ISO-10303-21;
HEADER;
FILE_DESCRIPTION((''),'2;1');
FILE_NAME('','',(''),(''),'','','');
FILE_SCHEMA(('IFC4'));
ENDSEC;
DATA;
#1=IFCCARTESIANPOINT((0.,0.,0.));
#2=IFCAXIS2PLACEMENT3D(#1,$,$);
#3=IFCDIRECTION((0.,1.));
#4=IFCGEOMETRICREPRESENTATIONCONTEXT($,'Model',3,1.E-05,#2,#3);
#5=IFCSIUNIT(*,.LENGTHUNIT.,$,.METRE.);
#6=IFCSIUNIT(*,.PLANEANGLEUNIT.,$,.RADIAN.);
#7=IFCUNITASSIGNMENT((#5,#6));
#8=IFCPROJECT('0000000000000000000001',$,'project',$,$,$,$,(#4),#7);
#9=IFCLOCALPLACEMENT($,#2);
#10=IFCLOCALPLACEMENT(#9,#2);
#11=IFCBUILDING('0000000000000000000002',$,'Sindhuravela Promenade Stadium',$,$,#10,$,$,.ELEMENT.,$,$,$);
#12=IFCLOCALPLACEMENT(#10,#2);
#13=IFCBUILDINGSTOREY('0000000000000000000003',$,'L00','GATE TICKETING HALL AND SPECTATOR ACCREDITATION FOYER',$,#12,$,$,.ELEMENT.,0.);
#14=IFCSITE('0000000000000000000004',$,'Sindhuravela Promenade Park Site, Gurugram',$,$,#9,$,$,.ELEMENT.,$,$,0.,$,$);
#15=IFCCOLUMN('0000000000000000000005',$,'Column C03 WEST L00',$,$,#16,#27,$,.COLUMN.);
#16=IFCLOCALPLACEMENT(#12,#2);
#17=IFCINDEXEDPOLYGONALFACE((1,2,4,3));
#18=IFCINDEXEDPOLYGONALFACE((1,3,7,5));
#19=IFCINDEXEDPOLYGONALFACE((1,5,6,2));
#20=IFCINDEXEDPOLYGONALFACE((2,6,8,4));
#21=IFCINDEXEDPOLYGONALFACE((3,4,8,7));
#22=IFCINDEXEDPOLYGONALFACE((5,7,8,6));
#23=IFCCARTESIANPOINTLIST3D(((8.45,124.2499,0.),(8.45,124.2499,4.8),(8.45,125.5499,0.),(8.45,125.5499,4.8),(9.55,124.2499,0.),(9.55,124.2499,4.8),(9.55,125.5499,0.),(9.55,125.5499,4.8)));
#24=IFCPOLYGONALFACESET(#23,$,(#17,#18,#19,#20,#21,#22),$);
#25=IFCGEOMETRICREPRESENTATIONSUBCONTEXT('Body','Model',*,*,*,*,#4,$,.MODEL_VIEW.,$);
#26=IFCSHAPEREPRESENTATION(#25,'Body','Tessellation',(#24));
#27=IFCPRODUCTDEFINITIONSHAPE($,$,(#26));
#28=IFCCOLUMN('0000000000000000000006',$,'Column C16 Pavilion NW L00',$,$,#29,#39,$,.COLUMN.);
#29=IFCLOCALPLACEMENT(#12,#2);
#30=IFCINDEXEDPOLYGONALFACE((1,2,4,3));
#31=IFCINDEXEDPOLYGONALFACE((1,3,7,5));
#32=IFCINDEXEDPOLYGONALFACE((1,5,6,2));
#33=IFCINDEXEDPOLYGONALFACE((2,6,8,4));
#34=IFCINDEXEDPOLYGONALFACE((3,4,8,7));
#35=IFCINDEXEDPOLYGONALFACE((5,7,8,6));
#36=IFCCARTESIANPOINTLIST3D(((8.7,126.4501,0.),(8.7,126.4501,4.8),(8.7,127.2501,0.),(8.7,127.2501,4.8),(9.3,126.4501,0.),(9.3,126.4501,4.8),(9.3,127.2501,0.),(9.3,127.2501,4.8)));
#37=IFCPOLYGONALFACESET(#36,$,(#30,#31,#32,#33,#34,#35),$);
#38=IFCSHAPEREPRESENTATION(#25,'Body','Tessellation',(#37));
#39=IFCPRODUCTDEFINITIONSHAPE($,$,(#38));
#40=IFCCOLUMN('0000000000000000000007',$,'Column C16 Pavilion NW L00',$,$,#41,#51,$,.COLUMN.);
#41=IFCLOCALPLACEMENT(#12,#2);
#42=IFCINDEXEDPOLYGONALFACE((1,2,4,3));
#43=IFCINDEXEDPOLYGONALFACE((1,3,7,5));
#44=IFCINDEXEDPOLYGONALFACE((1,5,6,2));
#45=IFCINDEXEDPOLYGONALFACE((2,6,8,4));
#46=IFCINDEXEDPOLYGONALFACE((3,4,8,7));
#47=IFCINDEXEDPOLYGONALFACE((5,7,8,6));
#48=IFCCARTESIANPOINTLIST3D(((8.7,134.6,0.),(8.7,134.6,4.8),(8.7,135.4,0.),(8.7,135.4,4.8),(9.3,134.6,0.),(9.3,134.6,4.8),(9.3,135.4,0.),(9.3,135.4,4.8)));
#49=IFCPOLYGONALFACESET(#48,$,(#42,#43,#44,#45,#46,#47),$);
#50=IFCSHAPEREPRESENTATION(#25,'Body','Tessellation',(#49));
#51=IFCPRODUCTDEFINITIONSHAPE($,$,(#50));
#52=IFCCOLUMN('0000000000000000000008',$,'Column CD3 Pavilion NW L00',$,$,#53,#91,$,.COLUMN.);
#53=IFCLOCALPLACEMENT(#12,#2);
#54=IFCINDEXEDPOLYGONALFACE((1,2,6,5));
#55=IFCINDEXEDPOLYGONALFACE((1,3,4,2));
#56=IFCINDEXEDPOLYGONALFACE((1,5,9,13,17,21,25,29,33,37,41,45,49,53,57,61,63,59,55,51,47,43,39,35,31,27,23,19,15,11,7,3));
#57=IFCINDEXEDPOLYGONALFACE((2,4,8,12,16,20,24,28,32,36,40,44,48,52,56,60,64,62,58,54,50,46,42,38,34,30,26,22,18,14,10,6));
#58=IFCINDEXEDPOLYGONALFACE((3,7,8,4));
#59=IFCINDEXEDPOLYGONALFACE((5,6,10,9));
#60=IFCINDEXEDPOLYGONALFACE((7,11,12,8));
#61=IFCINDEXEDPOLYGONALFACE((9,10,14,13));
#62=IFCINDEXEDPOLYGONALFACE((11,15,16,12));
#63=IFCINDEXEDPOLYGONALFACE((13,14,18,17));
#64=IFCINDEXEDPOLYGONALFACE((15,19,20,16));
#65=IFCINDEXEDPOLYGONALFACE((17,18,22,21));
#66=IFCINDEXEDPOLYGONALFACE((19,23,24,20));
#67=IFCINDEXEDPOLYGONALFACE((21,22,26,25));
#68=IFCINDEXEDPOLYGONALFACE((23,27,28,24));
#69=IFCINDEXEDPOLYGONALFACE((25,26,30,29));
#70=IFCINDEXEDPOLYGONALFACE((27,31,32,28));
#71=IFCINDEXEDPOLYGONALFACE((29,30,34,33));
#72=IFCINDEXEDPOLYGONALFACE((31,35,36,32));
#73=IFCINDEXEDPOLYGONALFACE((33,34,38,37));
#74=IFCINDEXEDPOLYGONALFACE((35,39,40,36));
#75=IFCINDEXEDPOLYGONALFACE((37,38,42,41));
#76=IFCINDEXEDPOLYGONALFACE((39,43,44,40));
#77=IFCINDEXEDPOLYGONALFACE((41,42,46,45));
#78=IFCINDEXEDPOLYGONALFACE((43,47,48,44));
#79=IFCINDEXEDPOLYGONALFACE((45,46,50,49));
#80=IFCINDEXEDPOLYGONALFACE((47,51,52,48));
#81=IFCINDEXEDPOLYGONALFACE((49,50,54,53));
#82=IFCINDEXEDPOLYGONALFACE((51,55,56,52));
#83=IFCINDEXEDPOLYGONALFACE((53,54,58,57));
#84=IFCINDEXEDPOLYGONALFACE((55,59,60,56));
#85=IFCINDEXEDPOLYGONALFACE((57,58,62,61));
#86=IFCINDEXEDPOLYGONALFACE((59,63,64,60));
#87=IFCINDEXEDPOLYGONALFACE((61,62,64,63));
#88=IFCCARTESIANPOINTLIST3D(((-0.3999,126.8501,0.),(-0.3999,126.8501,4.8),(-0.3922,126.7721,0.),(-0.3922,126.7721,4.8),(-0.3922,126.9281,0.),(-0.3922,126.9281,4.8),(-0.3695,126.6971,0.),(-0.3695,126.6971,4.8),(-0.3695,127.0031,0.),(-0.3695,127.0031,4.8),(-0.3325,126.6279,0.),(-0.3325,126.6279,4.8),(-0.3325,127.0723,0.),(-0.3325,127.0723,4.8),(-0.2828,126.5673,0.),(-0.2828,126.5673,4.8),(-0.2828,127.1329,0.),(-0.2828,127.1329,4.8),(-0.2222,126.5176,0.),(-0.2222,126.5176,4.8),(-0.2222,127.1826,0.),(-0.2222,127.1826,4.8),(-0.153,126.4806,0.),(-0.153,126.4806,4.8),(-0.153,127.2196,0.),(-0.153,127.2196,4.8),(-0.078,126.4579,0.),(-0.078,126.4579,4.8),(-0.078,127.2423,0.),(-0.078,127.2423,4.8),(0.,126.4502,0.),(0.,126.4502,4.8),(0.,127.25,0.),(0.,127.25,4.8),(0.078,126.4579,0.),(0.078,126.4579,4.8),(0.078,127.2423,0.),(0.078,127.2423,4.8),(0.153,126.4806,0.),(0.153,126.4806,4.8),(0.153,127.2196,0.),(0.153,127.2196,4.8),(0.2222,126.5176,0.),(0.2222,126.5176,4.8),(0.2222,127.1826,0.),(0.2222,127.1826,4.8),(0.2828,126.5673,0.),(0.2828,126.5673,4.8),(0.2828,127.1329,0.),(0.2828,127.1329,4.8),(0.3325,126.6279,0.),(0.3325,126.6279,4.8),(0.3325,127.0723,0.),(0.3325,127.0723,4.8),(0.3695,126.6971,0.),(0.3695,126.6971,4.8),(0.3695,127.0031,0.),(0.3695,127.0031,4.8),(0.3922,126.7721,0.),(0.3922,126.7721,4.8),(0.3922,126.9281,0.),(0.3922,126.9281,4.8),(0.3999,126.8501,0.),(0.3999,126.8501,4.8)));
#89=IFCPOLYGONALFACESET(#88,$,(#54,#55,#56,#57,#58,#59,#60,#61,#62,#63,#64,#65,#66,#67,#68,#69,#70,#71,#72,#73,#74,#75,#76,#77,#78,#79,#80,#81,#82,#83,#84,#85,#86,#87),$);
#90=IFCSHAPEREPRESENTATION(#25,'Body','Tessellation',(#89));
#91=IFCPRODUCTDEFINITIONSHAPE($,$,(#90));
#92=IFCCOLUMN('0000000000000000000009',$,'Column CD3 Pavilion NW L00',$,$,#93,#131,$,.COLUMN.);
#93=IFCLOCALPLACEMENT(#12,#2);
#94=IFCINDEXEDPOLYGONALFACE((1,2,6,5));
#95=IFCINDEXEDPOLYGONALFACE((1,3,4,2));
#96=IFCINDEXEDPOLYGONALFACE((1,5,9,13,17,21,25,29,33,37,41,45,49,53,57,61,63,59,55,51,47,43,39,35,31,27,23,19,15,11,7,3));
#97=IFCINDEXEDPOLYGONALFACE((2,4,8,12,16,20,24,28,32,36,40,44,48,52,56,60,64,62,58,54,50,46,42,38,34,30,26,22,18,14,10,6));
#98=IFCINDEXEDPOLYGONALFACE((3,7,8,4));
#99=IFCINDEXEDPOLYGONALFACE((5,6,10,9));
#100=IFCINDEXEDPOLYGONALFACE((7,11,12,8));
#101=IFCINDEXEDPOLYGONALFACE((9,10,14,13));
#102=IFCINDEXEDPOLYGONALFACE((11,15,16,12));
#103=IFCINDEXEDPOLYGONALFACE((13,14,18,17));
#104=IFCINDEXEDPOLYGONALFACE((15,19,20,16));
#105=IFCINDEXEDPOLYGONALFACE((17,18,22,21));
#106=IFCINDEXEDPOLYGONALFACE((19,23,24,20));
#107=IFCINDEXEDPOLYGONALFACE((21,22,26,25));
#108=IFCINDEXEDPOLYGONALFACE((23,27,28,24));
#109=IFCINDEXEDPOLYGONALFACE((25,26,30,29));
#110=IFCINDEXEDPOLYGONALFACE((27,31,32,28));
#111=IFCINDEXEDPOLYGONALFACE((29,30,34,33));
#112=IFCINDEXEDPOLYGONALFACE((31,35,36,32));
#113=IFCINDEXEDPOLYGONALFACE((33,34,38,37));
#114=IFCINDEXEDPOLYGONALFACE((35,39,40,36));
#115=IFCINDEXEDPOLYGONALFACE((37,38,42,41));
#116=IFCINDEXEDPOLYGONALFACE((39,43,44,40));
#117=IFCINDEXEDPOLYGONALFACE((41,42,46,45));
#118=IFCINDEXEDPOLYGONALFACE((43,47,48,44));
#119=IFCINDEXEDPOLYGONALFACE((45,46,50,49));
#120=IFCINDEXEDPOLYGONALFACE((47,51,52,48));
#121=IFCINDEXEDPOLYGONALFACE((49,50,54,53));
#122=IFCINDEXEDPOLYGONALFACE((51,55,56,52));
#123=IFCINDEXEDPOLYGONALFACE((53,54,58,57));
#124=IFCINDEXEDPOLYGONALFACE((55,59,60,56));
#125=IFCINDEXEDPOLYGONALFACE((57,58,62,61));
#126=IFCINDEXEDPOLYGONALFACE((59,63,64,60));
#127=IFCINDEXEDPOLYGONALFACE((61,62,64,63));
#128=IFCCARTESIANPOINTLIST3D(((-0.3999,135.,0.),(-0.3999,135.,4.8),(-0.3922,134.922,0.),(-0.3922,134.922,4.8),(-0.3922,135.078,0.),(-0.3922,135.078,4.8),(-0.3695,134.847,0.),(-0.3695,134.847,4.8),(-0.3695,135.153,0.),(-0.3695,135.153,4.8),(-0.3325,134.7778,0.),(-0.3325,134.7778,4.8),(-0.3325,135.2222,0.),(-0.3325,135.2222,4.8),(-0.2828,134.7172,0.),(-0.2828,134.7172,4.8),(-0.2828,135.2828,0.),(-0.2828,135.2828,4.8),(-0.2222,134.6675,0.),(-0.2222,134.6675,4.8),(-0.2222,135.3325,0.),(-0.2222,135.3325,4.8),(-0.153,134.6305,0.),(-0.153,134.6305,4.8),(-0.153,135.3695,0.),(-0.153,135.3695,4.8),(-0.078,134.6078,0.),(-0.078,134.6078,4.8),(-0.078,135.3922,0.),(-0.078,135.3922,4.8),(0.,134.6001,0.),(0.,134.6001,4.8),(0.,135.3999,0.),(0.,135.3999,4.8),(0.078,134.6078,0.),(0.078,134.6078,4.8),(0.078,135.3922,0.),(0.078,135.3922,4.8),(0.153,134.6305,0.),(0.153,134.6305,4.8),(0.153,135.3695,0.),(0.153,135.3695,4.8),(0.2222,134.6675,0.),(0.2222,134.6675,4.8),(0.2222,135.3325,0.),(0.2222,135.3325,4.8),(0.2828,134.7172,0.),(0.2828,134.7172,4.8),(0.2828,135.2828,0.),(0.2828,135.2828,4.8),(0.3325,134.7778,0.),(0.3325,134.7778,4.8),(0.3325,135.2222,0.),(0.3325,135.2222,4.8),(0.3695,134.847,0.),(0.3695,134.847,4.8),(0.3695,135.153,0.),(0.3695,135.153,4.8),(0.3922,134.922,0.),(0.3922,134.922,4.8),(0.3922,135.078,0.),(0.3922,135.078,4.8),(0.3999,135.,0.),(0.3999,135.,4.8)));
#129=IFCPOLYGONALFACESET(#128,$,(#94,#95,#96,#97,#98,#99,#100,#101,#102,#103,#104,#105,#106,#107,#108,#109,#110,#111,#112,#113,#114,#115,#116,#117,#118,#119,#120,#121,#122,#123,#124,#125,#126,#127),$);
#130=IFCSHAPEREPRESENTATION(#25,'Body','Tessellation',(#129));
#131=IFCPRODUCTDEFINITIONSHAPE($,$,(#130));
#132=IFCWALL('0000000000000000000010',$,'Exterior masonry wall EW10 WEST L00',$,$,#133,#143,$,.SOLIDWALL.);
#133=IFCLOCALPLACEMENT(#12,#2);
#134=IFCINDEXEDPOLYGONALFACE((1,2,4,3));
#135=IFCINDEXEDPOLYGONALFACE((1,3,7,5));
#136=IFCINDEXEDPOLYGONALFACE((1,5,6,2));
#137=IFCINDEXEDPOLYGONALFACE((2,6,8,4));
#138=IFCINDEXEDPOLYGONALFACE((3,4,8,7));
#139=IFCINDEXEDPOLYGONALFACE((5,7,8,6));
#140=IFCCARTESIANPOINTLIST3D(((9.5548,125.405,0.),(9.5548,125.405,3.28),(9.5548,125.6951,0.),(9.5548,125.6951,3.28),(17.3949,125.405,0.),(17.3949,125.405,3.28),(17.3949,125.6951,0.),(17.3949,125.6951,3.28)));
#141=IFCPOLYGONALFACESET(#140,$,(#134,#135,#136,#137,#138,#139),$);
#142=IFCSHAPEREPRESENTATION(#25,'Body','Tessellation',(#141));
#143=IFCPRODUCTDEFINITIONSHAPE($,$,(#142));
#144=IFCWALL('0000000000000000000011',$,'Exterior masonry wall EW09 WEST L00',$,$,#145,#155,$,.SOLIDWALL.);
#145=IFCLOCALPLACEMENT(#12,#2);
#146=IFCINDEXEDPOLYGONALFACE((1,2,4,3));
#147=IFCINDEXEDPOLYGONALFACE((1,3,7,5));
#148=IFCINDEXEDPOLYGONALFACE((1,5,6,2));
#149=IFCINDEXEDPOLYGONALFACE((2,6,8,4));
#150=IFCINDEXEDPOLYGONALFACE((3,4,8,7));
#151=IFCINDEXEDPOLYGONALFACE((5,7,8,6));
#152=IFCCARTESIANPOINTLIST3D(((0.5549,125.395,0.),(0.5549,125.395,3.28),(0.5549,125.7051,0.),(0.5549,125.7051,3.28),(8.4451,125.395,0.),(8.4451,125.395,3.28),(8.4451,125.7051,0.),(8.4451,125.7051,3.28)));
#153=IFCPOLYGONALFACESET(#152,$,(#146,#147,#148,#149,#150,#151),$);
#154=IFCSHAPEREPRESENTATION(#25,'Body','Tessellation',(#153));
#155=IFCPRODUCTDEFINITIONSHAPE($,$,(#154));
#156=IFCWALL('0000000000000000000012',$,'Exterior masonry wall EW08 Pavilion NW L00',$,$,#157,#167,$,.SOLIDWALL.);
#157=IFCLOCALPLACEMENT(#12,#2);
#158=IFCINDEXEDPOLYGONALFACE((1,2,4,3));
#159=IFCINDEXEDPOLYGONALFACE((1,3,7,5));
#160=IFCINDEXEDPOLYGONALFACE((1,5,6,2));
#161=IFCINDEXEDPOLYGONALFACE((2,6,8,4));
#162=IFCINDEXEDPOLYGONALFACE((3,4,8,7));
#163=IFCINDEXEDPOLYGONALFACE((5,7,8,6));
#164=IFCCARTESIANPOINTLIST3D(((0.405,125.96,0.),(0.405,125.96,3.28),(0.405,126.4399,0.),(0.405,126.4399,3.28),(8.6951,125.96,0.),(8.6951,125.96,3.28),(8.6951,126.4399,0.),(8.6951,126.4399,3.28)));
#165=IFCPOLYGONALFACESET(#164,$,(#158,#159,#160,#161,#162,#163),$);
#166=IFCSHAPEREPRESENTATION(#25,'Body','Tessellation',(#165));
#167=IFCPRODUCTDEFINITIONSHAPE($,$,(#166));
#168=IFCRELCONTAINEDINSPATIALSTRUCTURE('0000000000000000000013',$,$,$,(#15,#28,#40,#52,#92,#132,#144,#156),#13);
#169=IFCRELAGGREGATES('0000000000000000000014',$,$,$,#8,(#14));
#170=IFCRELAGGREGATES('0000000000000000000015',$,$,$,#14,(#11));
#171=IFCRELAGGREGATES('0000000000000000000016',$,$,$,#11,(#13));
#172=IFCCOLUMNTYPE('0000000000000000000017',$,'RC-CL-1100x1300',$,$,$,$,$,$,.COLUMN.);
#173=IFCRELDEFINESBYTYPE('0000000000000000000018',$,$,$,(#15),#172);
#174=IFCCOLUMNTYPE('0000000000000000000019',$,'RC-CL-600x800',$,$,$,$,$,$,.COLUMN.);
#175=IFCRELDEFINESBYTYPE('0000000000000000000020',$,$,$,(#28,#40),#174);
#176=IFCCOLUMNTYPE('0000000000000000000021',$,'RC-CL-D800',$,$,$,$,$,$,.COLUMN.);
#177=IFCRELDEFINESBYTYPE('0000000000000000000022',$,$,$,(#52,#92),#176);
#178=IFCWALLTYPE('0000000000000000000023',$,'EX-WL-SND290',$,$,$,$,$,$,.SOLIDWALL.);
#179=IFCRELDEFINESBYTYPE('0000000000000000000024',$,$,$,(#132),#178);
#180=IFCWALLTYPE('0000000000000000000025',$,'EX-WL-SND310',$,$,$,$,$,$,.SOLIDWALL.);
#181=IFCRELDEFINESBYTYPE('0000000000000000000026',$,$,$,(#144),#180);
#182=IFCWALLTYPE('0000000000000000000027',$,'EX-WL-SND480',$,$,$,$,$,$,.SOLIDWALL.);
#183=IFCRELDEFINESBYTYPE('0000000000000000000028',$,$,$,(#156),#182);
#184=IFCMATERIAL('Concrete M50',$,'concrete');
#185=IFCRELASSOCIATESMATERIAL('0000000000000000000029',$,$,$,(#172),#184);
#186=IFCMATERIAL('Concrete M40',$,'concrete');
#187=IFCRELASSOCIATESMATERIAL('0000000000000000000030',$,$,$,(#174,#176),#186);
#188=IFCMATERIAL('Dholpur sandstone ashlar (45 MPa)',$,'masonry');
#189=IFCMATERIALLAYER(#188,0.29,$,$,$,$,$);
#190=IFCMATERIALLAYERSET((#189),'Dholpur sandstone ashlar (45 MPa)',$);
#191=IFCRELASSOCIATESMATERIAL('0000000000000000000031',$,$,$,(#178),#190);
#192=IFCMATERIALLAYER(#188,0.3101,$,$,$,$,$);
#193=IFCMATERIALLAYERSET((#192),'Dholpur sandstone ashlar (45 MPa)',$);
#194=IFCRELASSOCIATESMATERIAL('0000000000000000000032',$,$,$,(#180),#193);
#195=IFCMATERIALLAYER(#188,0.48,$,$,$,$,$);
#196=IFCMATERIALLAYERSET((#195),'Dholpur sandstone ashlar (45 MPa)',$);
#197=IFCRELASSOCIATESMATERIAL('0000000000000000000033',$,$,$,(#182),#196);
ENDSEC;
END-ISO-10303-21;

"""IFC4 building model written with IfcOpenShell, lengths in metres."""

from ifc_helpers import new_model, si_unit, direction, frame, frame_2d, origin, origin_2d, place, context, subcontext, project, spatial, rectangle, circle, extrude, material, layer, layer_set, material_profile, profile_set, type_object, element, save


model = new_model("IFC4")

# Units and contexts
model_context = context("Model", 3, precision=1e-05, world=origin(), true_north=direction((0.0, 1.0)))
body_context = subcontext(model_context, "Body", "Model", "MODEL_VIEW")
ifc_project = project(units=[si_unit("LENGTHUNIT", "METRE"), si_unit("PLANEANGLEUNIT", "RADIAN")], contexts=[model_context])

# Site, building, storey
site_placement = place(None, origin())
site = spatial("IfcSite", under=ifc_project, at=site_placement, Name="Sindhuravela Promenade Park Site, Gurugram", CompositionType="ELEMENT", RefElevation=0.0)
building_placement = place(site_placement, origin())
building = spatial("IfcBuilding", under=site, at=building_placement, Name="Sindhuravela Promenade Stadium", CompositionType="ELEMENT")
storey_placement = place(building_placement, origin())
storey = spatial("IfcBuildingStorey", under=building, at=storey_placement, Name="L00", Description="GATE TICKETING HALL AND SPECTATOR ACCREDITATION FOYER", CompositionType="ELEMENT", Elevation=0.0)

# Shared definitions
ifc_material_1 = material(Name="Concrete M50", Category="concrete")

# Shared definitions
ifc_material_2 = material(Name="Concrete M40", Category="concrete")

# Columns
ifc_material_profile_1 = material_profile(ifc_material_1, rectangle(XDim=1.1001, YDim=1.3, at=origin_2d()), Name="RC 1100x1300")
ifc_profile_set_1 = profile_set([ifc_material_profile_1], Name="Concrete M50")
column_type_1 = type_object("IfcColumnType", Name="RC-CL-1100x1300", PredefinedType="COLUMN", material=ifc_profile_set_1)
for number, where, z_axis, x_axis, name in (
    (1, (9.0, 124.8999, 0.0), (0.0, 0.0, 1.0), (1.0, 0.0, 0.0), "Column C03 WEST L00"),
):
    element("IfcColumn", number, at=place(storey_placement, frame(where, z_axis=z_axis, x_axis=x_axis)), inside=storey, type_object=column_type_1, Name=name, PredefinedType="COLUMN", context=body_context, shape_type="SweptSolid", body=[
        extrude(rectangle(XDim=1.1001, YDim=1.3, at=origin_2d()), origin(), (0.0, 0.0, 1.0), 4.8),
    ])
ifc_material_profile_2 = material_profile(ifc_material_2, rectangle(XDim=0.6001, YDim=0.8, at=origin_2d()), Name="RC 600x800")
ifc_profile_set_2 = profile_set([ifc_material_profile_2], Name="Concrete M40")
column_type_2 = type_object("IfcColumnType", Name="RC-CL-600x800", PredefinedType="COLUMN", material=ifc_profile_set_2)
for number, where, z_axis, x_axis, name in (
    (2, (9.0, 126.8501, 0.0), (0.0, 0.0, 1.0), (1.0, 0.0, 0.0), "Column C16 Pavilion NW L00"),
    (3, (9.0, 135.0, 0.0), (0.0, 0.0, 1.0), (1.0, 0.0, 0.0), "Column C16 Pavilion NW L00"),
):
    element("IfcColumn", number, at=place(storey_placement, frame(where, z_axis=z_axis, x_axis=x_axis)), inside=storey, type_object=column_type_2, Name=name, PredefinedType="COLUMN", context=body_context, shape_type="SweptSolid", body=[
        extrude(rectangle(XDim=0.6001, YDim=0.8, at=origin_2d()), origin(), (0.0, 0.0, 1.0), 4.8),
    ])
ifc_material_profile_3 = material_profile(ifc_material_2, circle(Radius=0.3999, at=origin_2d()), Name="RC D800")
ifc_profile_set_3 = profile_set([ifc_material_profile_3], Name="Concrete M40")
column_type_3 = type_object("IfcColumnType", Name="RC-CL-D800", PredefinedType="COLUMN", material=ifc_profile_set_3)
for number, where, z_axis, x_axis, name in (
    (4, (0.0, 126.8501, 0.0), (0.0, 0.0, 1.0), (1.0, 0.0, 0.0), "Column CD3 Pavilion NW L00"),
    (5, (0.0, 135.0, 0.0), (0.0, 0.0, 1.0), (1.0, 0.0, 0.0), "Column CD3 Pavilion NW L00"),
):
    element("IfcColumn", number, at=place(storey_placement, frame(where, z_axis=z_axis, x_axis=x_axis)), inside=storey, type_object=column_type_3, Name=name, PredefinedType="COLUMN", context=body_context, shape_type="SweptSolid", body=[
        extrude(circle(Radius=0.3999, at=origin_2d()), origin(), (0.0, 0.0, 1.0), 4.8),
    ])

# Walls
ifc_material_3 = material(Name="Dholpur sandstone ashlar (45 MPa)", Category="masonry")
ifc_layer_1 = layer(ifc_material_3, 0.29)
ifc_layer_set_1 = layer_set([ifc_layer_1], Name="Dholpur sandstone ashlar (45 MPa)")
wall_type_1 = type_object("IfcWallType", Name="EX-WL-SND290", PredefinedType="SOLIDWALL", material=ifc_layer_set_1)
wall_1_placement = place(storey_placement, frame((9.5549, 125.55, 0.0), z_axis=(0.0, 0.0, 1.0), x_axis=(1.0, 0.0, 0.0)))
element("IfcWall", 6, at=wall_1_placement, inside=storey, type_object=wall_type_1, Name="Exterior masonry wall EW10 WEST L00", PredefinedType="SOLIDWALL", context=body_context, shape_type="SweptSolid", body=[
    extrude(rectangle(XDim=7.8401, YDim=0.29, at=frame_2d((3.9199, 0.0))), origin(), (0.0, 0.0, 1.0), 3.28),
])
ifc_layer_2 = layer(ifc_material_3, 0.3101)
ifc_layer_set_2 = layer_set([ifc_layer_2], Name="Dholpur sandstone ashlar (45 MPa)")
wall_type_2 = type_object("IfcWallType", Name="EX-WL-SND310", PredefinedType="SOLIDWALL", material=ifc_layer_set_2)
wall_2_placement = place(storey_placement, frame((0.5549, 125.55, 0.0), z_axis=(0.0, 0.0, 1.0), x_axis=(1.0, 0.0, 0.0)))
element("IfcWall", 7, at=wall_2_placement, inside=storey, type_object=wall_type_2, Name="Exterior masonry wall EW09 WEST L00", PredefinedType="SOLIDWALL", context=body_context, shape_type="SweptSolid", body=[
    extrude(rectangle(XDim=7.8901, YDim=0.3101, at=frame_2d((3.9451, 0.0))), origin(), (0.0, 0.0, 1.0), 3.28),
])

# Wall
ifc_layer_3 = layer(ifc_material_3, 0.48)
ifc_layer_set_3 = layer_set([ifc_layer_3], Name="Dholpur sandstone ashlar (45 MPa)")
wall_type_3 = type_object("IfcWallType", Name="EX-WL-SND480", PredefinedType="SOLIDWALL", material=ifc_layer_set_3)
wall_3_placement = place(storey_placement, frame((8.6951, 126.2, 0.0), z_axis=(0.0, 0.0, 1.0), x_axis=(-1.0, 0.0, 0.0)))
element("IfcWall", 8, at=wall_3_placement, inside=storey, type_object=wall_type_3, Name="Exterior masonry wall EW08 Pavilion NW L00", PredefinedType="SOLIDWALL", context=body_context, shape_type="SweptSolid", body=[
    extrude(rectangle(XDim=8.29, YDim=0.48, at=frame_2d((4.145, 0.0))), origin(), (0.0, 0.0, 1.0), 3.28),
])

save(model, "model.ifc")
